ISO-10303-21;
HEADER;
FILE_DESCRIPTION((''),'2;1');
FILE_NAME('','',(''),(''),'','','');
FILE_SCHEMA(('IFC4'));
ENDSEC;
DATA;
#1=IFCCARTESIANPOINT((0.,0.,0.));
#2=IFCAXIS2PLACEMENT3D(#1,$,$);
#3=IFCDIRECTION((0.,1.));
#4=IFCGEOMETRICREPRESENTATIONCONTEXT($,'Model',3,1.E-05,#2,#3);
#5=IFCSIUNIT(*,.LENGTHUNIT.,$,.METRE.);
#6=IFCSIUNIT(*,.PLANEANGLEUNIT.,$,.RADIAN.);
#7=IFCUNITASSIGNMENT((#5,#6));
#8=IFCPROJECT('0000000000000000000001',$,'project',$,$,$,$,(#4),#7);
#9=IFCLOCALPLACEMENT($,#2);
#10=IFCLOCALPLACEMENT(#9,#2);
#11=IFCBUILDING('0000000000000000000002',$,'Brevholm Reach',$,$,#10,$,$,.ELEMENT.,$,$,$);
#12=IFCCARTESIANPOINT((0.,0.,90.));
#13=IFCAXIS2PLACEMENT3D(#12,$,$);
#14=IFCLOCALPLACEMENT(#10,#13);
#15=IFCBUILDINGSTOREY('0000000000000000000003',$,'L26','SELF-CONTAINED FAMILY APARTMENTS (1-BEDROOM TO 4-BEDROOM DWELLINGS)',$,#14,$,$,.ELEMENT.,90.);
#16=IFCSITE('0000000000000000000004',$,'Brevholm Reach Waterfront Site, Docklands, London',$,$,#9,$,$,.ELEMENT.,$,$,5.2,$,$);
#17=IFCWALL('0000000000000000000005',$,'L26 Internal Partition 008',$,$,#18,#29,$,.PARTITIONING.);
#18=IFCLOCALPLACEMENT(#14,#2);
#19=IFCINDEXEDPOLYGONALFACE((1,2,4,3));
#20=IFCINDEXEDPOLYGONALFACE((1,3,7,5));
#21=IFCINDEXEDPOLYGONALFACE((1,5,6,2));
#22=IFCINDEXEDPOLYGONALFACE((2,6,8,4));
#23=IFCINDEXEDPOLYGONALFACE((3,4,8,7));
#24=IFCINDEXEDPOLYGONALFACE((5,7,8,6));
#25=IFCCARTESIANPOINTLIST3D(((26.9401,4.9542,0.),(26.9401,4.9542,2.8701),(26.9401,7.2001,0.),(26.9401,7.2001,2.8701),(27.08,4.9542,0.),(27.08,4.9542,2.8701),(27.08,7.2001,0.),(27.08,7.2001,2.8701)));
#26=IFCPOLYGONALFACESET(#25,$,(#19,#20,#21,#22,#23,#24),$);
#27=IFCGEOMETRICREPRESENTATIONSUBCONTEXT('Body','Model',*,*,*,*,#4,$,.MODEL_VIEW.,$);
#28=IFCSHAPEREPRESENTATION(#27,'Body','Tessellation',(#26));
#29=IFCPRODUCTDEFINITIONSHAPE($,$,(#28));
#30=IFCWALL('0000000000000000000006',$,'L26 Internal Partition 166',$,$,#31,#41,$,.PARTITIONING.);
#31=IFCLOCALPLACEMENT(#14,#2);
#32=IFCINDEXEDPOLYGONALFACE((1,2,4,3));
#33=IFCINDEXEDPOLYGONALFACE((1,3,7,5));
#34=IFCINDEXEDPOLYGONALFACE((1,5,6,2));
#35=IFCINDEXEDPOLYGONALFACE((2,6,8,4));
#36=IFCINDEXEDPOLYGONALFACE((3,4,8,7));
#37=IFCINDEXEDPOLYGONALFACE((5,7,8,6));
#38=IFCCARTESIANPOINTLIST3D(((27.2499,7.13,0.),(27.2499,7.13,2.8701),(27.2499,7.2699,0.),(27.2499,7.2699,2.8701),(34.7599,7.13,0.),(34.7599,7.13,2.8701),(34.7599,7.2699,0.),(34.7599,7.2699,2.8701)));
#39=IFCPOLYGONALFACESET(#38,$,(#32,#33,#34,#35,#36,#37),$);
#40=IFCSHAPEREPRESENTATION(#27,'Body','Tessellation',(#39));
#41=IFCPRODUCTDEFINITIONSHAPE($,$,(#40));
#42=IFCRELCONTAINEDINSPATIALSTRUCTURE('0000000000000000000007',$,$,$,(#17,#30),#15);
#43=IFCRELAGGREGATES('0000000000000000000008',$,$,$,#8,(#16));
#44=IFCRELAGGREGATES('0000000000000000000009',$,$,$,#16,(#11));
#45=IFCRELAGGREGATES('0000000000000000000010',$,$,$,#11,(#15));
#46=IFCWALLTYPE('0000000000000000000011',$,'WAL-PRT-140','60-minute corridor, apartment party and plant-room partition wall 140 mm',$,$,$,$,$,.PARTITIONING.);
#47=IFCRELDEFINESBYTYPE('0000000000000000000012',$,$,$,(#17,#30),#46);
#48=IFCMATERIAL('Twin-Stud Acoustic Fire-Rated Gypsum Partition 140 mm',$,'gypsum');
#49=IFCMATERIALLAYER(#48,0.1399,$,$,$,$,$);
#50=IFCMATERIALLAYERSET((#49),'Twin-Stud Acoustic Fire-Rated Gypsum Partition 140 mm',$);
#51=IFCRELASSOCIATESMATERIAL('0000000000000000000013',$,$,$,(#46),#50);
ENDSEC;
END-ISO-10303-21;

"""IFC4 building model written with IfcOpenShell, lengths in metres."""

from ifc_helpers import new_model, si_unit, direction, frame, frame_2d, origin, place, context, subcontext, project, spatial, rectangle, extrude, material, layer, layer_set, type_object, element, save


model = new_model("IFC4")

# Units and contexts
model_context = context("Model", 3, precision=1e-05, world=origin(), true_north=direction((0.0, 1.0)))
body_context = subcontext(model_context, "Body", "Model", "MODEL_VIEW")
ifc_project = project(units=[si_unit("LENGTHUNIT", "METRE"), si_unit("PLANEANGLEUNIT", "RADIAN")], contexts=[model_context])

# Site, building, storey
site_placement = place(None, origin())
site = spatial("IfcSite", under=ifc_project, at=site_placement, Name="Brevholm Reach Waterfront Site, Docklands, London", CompositionType="ELEMENT", RefElevation=5.2)
building_placement = place(site_placement, origin())
building = spatial("IfcBuilding", under=site, at=building_placement, Name="Brevholm Reach", CompositionType="ELEMENT")
storey_placement = place(building_placement, frame((0.0, 0.0, 90.0)))
storey = spatial("IfcBuildingStorey", under=building, at=storey_placement, Name="L26", Description="SELF-CONTAINED FAMILY APARTMENTS (1-BEDROOM TO 4-BEDROOM DWELLINGS)", CompositionType="ELEMENT", Elevation=90.0)

# Shared definitions
ifc_material_1 = material(Name="Twin-Stud Acoustic Fire-Rated Gypsum Partition 140 mm", Category="gypsum")
ifc_layer_1 = layer(ifc_material_1, 0.1399)
ifc_layer_set_1 = layer_set([ifc_layer_1], Name="Twin-Stud Acoustic Fire-Rated Gypsum Partition 140 mm")
wall_type_1 = type_object("IfcWallType", Name="WAL-PRT-140", Description="60-minute corridor, apartment party and plant-room partition wall 140 mm", PredefinedType="PARTITIONING", material=ifc_layer_set_1)

# Walls
wall_1_placement = place(storey_placement, frame((27.01, 4.9541, 0.0), z_axis=(0.0, 0.0, 1.0), x_axis=(0.0, 1.0, 0.0)))
element("IfcWall", 1, at=wall_1_placement, inside=storey, type_object=wall_type_1, Name="L26 Internal Partition 008", PredefinedType="PARTITIONING", context=body_context, shape_type="SweptSolid", body=[
    extrude(rectangle(XDim=2.2458, YDim=0.1399, at=frame_2d((1.123, 0.0))), origin(), (0.0, 0.0, 1.0), 2.8701),
])
wall_2_placement = place(storey_placement, frame((27.25, 7.2, 0.0), z_axis=(0.0, 0.0, 1.0), x_axis=(1.0, 0.0, 0.0)))
element("IfcWall", 2, at=wall_2_placement, inside=storey, type_object=wall_type_1, Name="L26 Internal Partition 166", PredefinedType="PARTITIONING", context=body_context, shape_type="SweptSolid", body=[
    extrude(rectangle(XDim=7.51, YDim=0.1399, at=frame_2d((3.7549, 0.0))), origin(), (0.0, 0.0, 1.0), 2.8701),
])

save(model, "model.ifc")
